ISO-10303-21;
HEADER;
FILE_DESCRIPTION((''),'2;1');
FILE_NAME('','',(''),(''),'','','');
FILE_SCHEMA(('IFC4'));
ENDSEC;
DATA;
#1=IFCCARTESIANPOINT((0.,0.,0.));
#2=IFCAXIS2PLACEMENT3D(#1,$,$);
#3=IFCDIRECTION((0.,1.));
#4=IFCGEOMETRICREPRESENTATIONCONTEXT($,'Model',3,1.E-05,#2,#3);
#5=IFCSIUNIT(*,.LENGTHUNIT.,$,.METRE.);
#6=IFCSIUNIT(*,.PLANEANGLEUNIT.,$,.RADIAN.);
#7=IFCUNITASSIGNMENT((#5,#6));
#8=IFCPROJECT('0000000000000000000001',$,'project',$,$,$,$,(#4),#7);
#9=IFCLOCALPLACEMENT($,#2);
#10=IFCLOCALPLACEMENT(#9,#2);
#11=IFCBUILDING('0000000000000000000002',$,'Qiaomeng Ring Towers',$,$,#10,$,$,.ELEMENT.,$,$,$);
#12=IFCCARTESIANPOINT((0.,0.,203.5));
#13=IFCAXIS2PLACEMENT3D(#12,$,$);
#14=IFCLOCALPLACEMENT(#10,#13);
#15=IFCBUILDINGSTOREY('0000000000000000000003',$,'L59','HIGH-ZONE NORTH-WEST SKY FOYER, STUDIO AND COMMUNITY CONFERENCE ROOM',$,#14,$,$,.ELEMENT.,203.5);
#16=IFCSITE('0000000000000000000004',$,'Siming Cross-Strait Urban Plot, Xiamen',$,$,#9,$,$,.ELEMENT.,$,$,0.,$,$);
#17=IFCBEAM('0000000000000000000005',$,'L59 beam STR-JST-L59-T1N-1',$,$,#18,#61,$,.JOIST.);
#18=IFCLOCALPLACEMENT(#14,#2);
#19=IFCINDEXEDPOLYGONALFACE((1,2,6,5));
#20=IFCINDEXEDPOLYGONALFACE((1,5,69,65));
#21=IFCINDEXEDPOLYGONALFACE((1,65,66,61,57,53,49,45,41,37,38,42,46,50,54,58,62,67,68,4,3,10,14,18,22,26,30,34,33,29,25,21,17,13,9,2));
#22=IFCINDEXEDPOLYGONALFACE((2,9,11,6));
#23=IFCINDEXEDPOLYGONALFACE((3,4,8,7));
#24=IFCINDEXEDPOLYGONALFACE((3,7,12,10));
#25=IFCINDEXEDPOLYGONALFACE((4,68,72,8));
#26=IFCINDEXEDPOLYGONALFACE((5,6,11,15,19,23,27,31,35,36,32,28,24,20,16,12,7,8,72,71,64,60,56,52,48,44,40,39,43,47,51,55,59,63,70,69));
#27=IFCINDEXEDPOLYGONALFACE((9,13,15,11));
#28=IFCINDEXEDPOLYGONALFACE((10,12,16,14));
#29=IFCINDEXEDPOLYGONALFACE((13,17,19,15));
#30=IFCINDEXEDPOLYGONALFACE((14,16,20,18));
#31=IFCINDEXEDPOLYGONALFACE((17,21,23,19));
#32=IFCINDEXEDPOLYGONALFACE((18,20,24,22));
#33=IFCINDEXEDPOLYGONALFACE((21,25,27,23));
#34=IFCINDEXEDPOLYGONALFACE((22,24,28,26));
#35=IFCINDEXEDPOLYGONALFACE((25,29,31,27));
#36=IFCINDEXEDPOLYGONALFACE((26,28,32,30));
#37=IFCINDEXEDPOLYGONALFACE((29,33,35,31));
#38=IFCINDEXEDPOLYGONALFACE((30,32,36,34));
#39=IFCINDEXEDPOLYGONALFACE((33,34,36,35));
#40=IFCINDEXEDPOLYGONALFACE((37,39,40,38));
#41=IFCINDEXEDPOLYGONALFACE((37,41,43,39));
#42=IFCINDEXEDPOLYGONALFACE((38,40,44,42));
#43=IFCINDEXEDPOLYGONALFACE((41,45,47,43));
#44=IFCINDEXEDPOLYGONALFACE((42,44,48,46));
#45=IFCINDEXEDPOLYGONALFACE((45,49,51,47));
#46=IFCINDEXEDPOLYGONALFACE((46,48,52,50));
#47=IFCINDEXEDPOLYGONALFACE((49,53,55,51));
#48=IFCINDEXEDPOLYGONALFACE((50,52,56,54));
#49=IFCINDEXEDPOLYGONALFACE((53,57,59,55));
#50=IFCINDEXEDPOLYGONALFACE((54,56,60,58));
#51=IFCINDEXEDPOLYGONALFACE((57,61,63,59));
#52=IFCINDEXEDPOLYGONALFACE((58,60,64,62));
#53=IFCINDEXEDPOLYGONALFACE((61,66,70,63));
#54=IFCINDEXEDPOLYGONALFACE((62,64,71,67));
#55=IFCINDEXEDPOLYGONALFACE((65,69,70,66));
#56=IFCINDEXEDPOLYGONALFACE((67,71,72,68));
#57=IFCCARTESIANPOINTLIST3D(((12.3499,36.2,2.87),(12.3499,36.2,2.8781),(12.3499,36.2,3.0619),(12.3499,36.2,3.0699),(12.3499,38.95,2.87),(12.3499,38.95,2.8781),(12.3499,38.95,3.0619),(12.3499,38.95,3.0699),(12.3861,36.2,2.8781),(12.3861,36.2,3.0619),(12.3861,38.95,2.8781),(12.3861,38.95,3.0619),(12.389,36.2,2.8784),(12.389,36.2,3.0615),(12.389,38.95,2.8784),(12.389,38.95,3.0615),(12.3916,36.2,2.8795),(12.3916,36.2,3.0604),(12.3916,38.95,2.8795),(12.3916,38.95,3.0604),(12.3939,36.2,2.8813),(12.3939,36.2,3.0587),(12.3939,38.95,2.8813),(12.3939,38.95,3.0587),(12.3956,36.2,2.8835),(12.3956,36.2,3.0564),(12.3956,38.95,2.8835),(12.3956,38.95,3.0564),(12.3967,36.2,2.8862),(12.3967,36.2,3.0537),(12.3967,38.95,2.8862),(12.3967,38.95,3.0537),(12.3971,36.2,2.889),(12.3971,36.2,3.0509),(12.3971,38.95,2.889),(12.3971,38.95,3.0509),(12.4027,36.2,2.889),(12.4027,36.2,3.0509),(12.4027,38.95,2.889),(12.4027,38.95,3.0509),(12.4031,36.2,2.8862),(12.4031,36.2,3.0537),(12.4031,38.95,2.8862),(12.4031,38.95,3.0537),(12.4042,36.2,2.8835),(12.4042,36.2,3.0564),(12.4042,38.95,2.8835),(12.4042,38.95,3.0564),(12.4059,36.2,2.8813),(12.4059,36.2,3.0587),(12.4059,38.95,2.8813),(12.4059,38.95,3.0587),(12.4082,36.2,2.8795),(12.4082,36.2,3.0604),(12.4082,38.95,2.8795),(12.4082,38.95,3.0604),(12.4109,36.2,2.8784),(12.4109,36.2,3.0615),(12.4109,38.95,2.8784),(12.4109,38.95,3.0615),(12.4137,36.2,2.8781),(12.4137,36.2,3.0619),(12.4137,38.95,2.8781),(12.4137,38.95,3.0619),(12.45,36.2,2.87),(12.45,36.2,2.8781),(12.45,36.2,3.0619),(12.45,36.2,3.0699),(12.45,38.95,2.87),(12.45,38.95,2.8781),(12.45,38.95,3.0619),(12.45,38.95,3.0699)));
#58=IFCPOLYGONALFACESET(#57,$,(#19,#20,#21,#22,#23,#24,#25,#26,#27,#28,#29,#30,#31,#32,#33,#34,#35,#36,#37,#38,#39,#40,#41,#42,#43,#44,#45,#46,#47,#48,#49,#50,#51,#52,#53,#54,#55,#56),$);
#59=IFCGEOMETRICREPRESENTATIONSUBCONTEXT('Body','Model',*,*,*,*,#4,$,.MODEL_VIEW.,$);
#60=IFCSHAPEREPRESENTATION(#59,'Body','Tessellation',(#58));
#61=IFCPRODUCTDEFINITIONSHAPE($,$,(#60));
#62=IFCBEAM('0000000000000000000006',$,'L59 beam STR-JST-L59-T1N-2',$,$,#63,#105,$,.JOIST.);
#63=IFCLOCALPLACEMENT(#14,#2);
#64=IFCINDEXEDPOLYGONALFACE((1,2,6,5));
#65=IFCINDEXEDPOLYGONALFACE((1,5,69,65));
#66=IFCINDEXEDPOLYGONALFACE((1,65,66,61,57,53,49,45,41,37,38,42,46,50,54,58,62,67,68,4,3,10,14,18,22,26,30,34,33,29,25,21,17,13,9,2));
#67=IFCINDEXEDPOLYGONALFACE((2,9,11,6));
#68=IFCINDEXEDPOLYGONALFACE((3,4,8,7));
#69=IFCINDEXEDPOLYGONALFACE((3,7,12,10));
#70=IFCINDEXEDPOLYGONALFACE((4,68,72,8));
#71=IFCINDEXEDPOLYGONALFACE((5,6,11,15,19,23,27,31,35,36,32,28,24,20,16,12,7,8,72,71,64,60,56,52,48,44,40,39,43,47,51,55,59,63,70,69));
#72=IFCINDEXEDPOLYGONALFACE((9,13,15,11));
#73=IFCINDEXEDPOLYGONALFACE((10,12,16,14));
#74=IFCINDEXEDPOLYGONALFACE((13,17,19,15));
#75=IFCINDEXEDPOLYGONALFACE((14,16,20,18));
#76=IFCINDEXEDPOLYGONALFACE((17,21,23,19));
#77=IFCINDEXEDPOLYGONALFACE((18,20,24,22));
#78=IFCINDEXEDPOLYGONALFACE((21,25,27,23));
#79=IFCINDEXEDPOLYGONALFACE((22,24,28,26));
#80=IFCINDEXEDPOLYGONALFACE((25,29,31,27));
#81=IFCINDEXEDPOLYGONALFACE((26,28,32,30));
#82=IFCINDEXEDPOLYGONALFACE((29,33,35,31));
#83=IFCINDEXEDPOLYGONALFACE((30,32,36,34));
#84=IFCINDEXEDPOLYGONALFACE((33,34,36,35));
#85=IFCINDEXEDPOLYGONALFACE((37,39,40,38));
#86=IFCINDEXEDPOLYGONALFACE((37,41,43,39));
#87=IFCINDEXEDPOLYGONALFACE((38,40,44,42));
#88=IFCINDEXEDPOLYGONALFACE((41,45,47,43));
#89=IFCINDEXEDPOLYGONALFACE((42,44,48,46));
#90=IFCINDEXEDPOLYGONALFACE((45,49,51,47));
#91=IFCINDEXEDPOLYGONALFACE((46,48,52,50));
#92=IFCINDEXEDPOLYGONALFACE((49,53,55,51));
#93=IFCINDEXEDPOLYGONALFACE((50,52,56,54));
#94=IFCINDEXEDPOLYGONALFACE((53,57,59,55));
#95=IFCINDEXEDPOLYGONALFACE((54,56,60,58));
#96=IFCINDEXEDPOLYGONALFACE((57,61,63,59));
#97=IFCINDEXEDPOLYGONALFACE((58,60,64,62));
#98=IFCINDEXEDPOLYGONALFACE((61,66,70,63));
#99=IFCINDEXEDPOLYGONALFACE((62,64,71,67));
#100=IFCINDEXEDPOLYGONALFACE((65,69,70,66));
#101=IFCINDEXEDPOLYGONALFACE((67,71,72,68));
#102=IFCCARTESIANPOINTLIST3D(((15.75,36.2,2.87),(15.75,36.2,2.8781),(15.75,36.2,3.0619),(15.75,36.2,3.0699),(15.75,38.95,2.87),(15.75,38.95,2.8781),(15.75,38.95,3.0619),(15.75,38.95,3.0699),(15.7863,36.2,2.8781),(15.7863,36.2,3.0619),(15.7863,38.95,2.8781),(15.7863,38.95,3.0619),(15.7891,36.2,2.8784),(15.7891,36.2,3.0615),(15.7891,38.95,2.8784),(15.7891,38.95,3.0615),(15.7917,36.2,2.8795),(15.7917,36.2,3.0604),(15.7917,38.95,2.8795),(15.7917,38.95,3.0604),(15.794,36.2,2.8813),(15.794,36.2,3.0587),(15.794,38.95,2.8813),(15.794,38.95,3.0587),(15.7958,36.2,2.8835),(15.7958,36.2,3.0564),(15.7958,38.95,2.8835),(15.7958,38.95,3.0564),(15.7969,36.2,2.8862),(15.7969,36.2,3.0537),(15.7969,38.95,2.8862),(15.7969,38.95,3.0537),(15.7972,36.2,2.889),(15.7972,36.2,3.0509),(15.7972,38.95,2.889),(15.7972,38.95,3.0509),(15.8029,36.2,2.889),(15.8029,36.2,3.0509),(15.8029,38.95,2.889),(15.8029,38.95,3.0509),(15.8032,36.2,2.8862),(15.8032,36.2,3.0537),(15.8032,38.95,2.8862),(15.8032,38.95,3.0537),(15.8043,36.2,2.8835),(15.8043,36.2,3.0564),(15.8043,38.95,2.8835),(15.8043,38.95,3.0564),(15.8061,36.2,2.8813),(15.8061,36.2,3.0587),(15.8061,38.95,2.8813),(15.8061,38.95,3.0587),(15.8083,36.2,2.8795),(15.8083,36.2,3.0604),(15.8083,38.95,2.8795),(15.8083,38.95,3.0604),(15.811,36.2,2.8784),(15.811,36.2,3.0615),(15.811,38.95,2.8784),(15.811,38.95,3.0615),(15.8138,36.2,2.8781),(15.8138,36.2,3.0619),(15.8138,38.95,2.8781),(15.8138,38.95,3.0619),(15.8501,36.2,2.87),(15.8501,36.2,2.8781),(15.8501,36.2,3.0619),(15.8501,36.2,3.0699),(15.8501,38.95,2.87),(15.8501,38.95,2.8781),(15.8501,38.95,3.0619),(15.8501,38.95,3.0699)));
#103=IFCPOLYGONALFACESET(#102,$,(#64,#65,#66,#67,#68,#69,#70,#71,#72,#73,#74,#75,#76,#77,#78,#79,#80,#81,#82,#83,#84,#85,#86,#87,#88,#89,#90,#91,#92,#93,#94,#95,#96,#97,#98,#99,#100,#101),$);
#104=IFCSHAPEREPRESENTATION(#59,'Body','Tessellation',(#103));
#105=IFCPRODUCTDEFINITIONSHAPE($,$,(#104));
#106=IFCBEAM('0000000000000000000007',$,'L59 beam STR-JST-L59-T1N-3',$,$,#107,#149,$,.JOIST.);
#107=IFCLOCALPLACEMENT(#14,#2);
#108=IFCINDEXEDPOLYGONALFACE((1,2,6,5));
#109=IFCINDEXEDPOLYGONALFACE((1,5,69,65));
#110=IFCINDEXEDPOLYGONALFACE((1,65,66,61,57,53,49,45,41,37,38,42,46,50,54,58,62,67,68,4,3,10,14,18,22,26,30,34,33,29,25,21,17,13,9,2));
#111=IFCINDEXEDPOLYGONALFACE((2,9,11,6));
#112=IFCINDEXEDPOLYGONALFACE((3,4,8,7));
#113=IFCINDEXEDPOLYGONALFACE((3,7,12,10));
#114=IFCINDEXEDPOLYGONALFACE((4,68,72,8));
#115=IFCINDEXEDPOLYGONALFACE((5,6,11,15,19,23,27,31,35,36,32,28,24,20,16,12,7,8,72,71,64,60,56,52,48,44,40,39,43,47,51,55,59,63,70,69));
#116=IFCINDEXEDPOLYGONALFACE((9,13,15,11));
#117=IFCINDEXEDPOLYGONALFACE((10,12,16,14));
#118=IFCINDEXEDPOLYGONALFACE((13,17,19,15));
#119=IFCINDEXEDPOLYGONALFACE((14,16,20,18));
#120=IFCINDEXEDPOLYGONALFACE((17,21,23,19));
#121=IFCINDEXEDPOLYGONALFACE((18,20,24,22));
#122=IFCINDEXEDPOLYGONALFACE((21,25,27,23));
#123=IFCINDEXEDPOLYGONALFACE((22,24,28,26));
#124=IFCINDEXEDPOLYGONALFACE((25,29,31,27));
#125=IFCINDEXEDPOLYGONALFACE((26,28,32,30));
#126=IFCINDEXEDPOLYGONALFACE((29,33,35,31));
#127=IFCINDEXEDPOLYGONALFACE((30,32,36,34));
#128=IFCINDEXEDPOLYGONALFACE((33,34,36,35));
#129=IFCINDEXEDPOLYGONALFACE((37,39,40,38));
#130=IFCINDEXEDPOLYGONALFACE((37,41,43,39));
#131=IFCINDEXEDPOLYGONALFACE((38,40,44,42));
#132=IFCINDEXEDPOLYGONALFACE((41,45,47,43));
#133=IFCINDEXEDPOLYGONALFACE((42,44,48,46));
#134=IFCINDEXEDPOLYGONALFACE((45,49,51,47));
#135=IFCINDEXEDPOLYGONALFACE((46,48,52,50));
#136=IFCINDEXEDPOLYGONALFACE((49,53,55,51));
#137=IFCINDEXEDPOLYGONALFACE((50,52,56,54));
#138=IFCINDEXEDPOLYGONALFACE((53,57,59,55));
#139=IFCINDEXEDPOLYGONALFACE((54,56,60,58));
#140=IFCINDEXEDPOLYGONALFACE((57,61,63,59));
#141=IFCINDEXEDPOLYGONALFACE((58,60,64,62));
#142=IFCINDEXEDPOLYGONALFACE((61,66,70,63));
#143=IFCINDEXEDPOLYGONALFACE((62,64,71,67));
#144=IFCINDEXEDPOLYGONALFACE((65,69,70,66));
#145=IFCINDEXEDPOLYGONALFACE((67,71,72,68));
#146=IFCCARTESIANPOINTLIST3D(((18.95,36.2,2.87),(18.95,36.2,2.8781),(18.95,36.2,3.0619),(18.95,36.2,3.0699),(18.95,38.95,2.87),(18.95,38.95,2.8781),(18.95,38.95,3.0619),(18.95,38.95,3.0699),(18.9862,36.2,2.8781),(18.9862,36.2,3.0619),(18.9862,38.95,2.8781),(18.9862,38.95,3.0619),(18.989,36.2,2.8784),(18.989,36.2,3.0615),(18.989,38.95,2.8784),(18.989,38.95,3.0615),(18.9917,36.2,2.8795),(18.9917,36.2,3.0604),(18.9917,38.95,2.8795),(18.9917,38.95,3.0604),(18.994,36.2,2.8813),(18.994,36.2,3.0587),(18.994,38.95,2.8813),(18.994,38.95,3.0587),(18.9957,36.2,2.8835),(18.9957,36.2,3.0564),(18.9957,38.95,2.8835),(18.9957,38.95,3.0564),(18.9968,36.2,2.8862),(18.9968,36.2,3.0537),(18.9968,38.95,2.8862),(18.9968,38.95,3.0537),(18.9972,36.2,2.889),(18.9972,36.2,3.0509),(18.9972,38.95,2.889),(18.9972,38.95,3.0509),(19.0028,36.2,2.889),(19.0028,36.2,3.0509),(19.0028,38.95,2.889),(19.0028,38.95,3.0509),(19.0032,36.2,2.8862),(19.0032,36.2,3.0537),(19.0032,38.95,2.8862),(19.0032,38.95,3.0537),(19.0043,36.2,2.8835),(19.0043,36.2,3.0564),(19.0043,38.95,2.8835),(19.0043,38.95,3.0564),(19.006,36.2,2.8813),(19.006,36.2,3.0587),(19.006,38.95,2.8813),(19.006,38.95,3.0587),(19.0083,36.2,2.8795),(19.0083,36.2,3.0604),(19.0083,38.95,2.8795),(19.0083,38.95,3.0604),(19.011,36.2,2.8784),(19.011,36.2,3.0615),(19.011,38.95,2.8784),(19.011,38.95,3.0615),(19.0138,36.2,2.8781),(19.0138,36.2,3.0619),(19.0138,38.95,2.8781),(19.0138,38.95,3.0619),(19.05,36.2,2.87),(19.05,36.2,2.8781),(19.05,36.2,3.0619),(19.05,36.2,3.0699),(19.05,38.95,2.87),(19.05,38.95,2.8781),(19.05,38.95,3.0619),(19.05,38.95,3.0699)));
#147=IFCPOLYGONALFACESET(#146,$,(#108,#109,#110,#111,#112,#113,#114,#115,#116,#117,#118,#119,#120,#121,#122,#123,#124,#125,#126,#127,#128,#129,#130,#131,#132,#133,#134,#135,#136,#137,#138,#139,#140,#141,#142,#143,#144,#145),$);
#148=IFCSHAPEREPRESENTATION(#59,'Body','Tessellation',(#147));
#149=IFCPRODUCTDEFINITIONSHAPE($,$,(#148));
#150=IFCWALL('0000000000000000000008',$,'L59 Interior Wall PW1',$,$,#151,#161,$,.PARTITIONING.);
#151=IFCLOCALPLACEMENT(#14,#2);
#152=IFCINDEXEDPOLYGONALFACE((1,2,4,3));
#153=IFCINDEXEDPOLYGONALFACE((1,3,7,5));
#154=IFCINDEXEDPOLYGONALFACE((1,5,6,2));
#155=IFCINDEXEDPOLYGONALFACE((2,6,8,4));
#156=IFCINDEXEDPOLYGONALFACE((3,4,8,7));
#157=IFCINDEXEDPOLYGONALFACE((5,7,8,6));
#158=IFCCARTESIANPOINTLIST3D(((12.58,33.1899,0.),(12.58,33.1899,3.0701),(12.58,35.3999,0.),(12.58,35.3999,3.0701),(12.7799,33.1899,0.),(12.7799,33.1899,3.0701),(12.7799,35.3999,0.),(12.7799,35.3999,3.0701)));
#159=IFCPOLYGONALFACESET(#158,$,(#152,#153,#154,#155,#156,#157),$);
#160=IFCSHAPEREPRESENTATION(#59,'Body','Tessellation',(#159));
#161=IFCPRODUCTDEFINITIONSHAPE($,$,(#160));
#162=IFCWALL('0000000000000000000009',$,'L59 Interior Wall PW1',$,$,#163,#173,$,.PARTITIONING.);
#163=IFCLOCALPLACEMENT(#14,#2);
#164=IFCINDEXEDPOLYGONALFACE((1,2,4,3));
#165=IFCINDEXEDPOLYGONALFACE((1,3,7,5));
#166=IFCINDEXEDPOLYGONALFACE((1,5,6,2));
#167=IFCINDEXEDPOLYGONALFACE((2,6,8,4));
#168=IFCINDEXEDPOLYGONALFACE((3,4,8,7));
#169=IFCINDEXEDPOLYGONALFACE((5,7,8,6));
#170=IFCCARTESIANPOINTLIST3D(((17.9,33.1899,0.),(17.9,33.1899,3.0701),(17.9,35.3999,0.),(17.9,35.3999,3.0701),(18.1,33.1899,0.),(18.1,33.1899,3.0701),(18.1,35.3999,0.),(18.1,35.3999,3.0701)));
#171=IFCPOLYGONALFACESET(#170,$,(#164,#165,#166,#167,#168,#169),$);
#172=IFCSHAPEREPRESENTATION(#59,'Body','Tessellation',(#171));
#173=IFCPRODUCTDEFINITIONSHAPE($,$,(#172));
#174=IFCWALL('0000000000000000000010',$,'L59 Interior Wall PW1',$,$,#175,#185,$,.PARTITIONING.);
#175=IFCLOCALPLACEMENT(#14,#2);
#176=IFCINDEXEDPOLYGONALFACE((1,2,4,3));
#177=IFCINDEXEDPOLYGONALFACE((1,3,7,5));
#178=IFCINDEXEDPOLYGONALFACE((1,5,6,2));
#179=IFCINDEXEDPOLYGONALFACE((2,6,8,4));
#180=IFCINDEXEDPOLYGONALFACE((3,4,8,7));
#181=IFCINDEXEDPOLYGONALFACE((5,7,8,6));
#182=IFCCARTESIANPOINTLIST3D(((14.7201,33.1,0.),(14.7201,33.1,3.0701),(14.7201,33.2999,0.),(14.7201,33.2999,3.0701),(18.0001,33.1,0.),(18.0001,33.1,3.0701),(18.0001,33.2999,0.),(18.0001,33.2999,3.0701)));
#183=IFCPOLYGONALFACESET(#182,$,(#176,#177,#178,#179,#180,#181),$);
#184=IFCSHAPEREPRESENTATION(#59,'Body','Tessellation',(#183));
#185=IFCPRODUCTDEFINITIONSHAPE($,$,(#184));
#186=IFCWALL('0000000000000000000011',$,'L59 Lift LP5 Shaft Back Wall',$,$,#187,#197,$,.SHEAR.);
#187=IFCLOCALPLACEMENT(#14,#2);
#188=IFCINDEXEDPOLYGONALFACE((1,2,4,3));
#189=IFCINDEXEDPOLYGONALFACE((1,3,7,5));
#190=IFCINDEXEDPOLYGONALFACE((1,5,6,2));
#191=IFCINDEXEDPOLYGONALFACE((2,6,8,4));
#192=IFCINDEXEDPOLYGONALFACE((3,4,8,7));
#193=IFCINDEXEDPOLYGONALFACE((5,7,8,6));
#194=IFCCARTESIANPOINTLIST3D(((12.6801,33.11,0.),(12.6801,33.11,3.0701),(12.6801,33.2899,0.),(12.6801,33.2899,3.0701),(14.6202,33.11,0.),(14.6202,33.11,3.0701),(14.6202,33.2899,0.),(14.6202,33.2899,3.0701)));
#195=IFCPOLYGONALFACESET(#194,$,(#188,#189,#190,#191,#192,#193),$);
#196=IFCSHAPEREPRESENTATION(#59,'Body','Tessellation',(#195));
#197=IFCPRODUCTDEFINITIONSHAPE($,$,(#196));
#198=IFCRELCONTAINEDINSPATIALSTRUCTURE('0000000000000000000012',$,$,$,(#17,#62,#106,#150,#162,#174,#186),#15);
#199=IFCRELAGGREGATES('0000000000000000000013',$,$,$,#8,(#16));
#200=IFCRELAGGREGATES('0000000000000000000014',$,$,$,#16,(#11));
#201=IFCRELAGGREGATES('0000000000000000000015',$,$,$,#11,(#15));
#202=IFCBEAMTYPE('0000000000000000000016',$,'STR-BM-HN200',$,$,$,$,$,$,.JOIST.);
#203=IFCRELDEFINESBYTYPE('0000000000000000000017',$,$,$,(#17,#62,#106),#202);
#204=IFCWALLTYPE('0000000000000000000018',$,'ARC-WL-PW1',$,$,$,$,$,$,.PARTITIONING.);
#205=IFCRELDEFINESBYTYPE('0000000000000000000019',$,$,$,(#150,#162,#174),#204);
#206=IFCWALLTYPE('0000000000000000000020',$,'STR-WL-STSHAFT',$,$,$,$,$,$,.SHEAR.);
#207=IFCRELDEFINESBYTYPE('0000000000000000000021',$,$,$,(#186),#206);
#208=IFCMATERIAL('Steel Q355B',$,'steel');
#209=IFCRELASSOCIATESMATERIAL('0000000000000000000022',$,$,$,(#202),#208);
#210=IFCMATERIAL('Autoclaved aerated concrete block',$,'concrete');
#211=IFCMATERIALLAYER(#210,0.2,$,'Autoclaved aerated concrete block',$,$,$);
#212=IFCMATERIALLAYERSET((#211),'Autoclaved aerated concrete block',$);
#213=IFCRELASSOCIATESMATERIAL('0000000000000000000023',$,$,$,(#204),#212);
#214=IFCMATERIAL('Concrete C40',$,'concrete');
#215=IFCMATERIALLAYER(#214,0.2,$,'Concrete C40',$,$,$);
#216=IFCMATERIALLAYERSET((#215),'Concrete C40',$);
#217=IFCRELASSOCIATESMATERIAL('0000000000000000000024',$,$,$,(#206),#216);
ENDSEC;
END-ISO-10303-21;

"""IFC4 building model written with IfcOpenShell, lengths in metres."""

from ifc_helpers import new_model, si_unit, direction, frame, frame_2d, origin, origin_2d, place, context, subcontext, project, spatial, rectangle, i_section, extrude, source, transform, mapped, material, layer, layer_set, material_profile, profile_set, type_object, element, save


model = new_model("IFC4")

# Units and contexts
model_context = context("Model", 3, precision=1e-05, world=origin(), true_north=direction((0.0, 1.0)))
body_context = subcontext(model_context, "Body", "Model", "MODEL_VIEW")
ifc_project = project(units=[si_unit("LENGTHUNIT", "METRE"), si_unit("PLANEANGLEUNIT", "RADIAN")], contexts=[model_context])

# Site, building, storey
site_placement = place(None, origin())
site = spatial("IfcSite", under=ifc_project, at=site_placement, Name="Siming Cross-Strait Urban Plot, Xiamen", CompositionType="ELEMENT", RefElevation=0.0)
building_placement = place(site_placement, origin())
building = spatial("IfcBuilding", under=site, at=building_placement, Name="Qiaomeng Ring Towers", CompositionType="ELEMENT")
storey_placement = place(building_placement, frame((0.0, 0.0, 203.5)))
storey = spatial("IfcBuildingStorey", under=building, at=storey_placement, Name="L59", Description="HIGH-ZONE NORTH-WEST SKY FOYER, STUDIO AND COMMUNITY CONFERENCE ROOM", CompositionType="ELEMENT", Elevation=203.5)

# Beams
ifc_material_1 = material(Name="Steel Q355B", Category="steel")
ifc_material_profile_1 = material_profile(ifc_material_1, i_section(OverallWidth=0.1001, OverallDepth=0.2, WebThickness=0.0056, FlangeThickness=0.0081, FilletRadius=0.011, at=origin_2d()), Name="HN 200x100x5.5x8")
ifc_profile_set_1 = profile_set([ifc_material_profile_1], Name="Steel Q355B")
beam_type = type_object("IfcBeamType", Name="STR-BM-HN200", PredefinedType="JOIST", material=ifc_profile_set_1)
shared_shape_1 = source(origin(), body_context, "Body", "SweptSolid", [
    extrude(i_section(OverallWidth=0.1001, OverallDepth=0.2, WebThickness=0.0056, FlangeThickness=0.0081, FilletRadius=0.011, at=origin_2d()), origin(), (0.0, 0.0, 1.0), 2.75),
])
for number, where, z_axis, x_axis, name in (
    (1, (12.3999, 36.2, 2.97), (0.0, 1.0, 0.0), (-1.0, 0.0, 0.0), "L59 beam STR-JST-L59-T1N-1"),
    (2, (15.8, 36.2, 2.97), (0.0, 1.0, 0.0), (-1.0, 0.0, 0.0), "L59 beam STR-JST-L59-T1N-2"),
    (3, (19.0, 36.2, 2.97), (0.0, 1.0, 0.0), (-1.0, 0.0, 0.0), "L59 beam STR-JST-L59-T1N-3"),
):
    element("IfcBeam", number, at=place(storey_placement, frame(where, z_axis=z_axis, x_axis=x_axis)), inside=storey, type_object=beam_type, Name=name, PredefinedType="JOIST", context=body_context, shape_type="MappedRepresentation", body=[
        mapped(shared_shape_1, transform((0.0, 0.0, 0.0), x_axis=(1.0, 0.0, 0.0), y_axis=(0.0, 1.0, 0.0), z_axis=(0.0, 0.0, 1.0), scale=1.0)),
    ])

# Walls
ifc_material_2 = material(Name="Autoclaved aerated concrete block", Category="concrete")
ifc_layer_1 = layer(ifc_material_2, 0.2, Name="Autoclaved aerated concrete block")
ifc_layer_set_1 = layer_set([ifc_layer_1], Name="Autoclaved aerated concrete block")
wall_type_1 = type_object("IfcWallType", Name="ARC-WL-PW1", PredefinedType="PARTITIONING", material=ifc_layer_set_1)
for number, where, z_axis, x_axis, name in (
    (4, (12.6799, 33.1899, 0.0), (0.0, 0.0, 1.0), (0.0, 1.0, 0.0), "L59 Interior Wall PW1"),
    (5, (18.0, 33.1899, 0.0), (0.0, 0.0, 1.0), (0.0, 1.0, 0.0), "L59 Interior Wall PW1"),
):
    element("IfcWall", number, at=place(storey_placement, frame(where, z_axis=z_axis, x_axis=x_axis)), inside=storey, type_object=wall_type_1, Name=name, PredefinedType="PARTITIONING", context=body_context, shape_type="SweptSolid", body=[
        extrude(rectangle(XDim=2.21, YDim=0.2, at=frame_2d((1.105, 0.0))), origin(), (0.0, 0.0, 1.0), 3.0701),
    ])
wall_1_placement = place(storey_placement, frame((14.72, 33.2, 0.0), z_axis=(0.0, 0.0, 1.0), x_axis=(1.0, 0.0, 0.0)))
element("IfcWall", 6, at=wall_1_placement, inside=storey, type_object=wall_type_1, Name="L59 Interior Wall PW1", PredefinedType="PARTITIONING", context=body_context, shape_type="SweptSolid", body=[
    extrude(rectangle(XDim=3.28, YDim=0.2, at=frame_2d((1.6401, 0.0))), origin(), (0.0, 0.0, 1.0), 3.0701),
])
ifc_material_3 = material(Name="Concrete C40", Category="concrete")
ifc_layer_2 = layer(ifc_material_3, 0.2, Name="Concrete C40")
ifc_layer_set_2 = layer_set([ifc_layer_2], Name="Concrete C40")
wall_type_2 = type_object("IfcWallType", Name="STR-WL-STSHAFT", PredefinedType="SHEAR", material=ifc_layer_set_2)
wall_2_placement = place(storey_placement, frame((12.6799, 33.2, 0.0), z_axis=(0.0, 0.0, 1.0), x_axis=(1.0, 0.0, 0.0)))
element("IfcWall", 7, at=wall_2_placement, inside=storey, type_object=wall_type_2, Name="L59 Lift LP5 Shaft Back Wall", PredefinedType="SHEAR", context=body_context, shape_type="SweptSolid", body=[
    extrude(rectangle(XDim=1.9402, YDim=0.1799, at=frame_2d((0.9702, 0.0))), origin(), (0.0, 0.0, 1.0), 3.0701),
])

save(model, "model.ifc")
